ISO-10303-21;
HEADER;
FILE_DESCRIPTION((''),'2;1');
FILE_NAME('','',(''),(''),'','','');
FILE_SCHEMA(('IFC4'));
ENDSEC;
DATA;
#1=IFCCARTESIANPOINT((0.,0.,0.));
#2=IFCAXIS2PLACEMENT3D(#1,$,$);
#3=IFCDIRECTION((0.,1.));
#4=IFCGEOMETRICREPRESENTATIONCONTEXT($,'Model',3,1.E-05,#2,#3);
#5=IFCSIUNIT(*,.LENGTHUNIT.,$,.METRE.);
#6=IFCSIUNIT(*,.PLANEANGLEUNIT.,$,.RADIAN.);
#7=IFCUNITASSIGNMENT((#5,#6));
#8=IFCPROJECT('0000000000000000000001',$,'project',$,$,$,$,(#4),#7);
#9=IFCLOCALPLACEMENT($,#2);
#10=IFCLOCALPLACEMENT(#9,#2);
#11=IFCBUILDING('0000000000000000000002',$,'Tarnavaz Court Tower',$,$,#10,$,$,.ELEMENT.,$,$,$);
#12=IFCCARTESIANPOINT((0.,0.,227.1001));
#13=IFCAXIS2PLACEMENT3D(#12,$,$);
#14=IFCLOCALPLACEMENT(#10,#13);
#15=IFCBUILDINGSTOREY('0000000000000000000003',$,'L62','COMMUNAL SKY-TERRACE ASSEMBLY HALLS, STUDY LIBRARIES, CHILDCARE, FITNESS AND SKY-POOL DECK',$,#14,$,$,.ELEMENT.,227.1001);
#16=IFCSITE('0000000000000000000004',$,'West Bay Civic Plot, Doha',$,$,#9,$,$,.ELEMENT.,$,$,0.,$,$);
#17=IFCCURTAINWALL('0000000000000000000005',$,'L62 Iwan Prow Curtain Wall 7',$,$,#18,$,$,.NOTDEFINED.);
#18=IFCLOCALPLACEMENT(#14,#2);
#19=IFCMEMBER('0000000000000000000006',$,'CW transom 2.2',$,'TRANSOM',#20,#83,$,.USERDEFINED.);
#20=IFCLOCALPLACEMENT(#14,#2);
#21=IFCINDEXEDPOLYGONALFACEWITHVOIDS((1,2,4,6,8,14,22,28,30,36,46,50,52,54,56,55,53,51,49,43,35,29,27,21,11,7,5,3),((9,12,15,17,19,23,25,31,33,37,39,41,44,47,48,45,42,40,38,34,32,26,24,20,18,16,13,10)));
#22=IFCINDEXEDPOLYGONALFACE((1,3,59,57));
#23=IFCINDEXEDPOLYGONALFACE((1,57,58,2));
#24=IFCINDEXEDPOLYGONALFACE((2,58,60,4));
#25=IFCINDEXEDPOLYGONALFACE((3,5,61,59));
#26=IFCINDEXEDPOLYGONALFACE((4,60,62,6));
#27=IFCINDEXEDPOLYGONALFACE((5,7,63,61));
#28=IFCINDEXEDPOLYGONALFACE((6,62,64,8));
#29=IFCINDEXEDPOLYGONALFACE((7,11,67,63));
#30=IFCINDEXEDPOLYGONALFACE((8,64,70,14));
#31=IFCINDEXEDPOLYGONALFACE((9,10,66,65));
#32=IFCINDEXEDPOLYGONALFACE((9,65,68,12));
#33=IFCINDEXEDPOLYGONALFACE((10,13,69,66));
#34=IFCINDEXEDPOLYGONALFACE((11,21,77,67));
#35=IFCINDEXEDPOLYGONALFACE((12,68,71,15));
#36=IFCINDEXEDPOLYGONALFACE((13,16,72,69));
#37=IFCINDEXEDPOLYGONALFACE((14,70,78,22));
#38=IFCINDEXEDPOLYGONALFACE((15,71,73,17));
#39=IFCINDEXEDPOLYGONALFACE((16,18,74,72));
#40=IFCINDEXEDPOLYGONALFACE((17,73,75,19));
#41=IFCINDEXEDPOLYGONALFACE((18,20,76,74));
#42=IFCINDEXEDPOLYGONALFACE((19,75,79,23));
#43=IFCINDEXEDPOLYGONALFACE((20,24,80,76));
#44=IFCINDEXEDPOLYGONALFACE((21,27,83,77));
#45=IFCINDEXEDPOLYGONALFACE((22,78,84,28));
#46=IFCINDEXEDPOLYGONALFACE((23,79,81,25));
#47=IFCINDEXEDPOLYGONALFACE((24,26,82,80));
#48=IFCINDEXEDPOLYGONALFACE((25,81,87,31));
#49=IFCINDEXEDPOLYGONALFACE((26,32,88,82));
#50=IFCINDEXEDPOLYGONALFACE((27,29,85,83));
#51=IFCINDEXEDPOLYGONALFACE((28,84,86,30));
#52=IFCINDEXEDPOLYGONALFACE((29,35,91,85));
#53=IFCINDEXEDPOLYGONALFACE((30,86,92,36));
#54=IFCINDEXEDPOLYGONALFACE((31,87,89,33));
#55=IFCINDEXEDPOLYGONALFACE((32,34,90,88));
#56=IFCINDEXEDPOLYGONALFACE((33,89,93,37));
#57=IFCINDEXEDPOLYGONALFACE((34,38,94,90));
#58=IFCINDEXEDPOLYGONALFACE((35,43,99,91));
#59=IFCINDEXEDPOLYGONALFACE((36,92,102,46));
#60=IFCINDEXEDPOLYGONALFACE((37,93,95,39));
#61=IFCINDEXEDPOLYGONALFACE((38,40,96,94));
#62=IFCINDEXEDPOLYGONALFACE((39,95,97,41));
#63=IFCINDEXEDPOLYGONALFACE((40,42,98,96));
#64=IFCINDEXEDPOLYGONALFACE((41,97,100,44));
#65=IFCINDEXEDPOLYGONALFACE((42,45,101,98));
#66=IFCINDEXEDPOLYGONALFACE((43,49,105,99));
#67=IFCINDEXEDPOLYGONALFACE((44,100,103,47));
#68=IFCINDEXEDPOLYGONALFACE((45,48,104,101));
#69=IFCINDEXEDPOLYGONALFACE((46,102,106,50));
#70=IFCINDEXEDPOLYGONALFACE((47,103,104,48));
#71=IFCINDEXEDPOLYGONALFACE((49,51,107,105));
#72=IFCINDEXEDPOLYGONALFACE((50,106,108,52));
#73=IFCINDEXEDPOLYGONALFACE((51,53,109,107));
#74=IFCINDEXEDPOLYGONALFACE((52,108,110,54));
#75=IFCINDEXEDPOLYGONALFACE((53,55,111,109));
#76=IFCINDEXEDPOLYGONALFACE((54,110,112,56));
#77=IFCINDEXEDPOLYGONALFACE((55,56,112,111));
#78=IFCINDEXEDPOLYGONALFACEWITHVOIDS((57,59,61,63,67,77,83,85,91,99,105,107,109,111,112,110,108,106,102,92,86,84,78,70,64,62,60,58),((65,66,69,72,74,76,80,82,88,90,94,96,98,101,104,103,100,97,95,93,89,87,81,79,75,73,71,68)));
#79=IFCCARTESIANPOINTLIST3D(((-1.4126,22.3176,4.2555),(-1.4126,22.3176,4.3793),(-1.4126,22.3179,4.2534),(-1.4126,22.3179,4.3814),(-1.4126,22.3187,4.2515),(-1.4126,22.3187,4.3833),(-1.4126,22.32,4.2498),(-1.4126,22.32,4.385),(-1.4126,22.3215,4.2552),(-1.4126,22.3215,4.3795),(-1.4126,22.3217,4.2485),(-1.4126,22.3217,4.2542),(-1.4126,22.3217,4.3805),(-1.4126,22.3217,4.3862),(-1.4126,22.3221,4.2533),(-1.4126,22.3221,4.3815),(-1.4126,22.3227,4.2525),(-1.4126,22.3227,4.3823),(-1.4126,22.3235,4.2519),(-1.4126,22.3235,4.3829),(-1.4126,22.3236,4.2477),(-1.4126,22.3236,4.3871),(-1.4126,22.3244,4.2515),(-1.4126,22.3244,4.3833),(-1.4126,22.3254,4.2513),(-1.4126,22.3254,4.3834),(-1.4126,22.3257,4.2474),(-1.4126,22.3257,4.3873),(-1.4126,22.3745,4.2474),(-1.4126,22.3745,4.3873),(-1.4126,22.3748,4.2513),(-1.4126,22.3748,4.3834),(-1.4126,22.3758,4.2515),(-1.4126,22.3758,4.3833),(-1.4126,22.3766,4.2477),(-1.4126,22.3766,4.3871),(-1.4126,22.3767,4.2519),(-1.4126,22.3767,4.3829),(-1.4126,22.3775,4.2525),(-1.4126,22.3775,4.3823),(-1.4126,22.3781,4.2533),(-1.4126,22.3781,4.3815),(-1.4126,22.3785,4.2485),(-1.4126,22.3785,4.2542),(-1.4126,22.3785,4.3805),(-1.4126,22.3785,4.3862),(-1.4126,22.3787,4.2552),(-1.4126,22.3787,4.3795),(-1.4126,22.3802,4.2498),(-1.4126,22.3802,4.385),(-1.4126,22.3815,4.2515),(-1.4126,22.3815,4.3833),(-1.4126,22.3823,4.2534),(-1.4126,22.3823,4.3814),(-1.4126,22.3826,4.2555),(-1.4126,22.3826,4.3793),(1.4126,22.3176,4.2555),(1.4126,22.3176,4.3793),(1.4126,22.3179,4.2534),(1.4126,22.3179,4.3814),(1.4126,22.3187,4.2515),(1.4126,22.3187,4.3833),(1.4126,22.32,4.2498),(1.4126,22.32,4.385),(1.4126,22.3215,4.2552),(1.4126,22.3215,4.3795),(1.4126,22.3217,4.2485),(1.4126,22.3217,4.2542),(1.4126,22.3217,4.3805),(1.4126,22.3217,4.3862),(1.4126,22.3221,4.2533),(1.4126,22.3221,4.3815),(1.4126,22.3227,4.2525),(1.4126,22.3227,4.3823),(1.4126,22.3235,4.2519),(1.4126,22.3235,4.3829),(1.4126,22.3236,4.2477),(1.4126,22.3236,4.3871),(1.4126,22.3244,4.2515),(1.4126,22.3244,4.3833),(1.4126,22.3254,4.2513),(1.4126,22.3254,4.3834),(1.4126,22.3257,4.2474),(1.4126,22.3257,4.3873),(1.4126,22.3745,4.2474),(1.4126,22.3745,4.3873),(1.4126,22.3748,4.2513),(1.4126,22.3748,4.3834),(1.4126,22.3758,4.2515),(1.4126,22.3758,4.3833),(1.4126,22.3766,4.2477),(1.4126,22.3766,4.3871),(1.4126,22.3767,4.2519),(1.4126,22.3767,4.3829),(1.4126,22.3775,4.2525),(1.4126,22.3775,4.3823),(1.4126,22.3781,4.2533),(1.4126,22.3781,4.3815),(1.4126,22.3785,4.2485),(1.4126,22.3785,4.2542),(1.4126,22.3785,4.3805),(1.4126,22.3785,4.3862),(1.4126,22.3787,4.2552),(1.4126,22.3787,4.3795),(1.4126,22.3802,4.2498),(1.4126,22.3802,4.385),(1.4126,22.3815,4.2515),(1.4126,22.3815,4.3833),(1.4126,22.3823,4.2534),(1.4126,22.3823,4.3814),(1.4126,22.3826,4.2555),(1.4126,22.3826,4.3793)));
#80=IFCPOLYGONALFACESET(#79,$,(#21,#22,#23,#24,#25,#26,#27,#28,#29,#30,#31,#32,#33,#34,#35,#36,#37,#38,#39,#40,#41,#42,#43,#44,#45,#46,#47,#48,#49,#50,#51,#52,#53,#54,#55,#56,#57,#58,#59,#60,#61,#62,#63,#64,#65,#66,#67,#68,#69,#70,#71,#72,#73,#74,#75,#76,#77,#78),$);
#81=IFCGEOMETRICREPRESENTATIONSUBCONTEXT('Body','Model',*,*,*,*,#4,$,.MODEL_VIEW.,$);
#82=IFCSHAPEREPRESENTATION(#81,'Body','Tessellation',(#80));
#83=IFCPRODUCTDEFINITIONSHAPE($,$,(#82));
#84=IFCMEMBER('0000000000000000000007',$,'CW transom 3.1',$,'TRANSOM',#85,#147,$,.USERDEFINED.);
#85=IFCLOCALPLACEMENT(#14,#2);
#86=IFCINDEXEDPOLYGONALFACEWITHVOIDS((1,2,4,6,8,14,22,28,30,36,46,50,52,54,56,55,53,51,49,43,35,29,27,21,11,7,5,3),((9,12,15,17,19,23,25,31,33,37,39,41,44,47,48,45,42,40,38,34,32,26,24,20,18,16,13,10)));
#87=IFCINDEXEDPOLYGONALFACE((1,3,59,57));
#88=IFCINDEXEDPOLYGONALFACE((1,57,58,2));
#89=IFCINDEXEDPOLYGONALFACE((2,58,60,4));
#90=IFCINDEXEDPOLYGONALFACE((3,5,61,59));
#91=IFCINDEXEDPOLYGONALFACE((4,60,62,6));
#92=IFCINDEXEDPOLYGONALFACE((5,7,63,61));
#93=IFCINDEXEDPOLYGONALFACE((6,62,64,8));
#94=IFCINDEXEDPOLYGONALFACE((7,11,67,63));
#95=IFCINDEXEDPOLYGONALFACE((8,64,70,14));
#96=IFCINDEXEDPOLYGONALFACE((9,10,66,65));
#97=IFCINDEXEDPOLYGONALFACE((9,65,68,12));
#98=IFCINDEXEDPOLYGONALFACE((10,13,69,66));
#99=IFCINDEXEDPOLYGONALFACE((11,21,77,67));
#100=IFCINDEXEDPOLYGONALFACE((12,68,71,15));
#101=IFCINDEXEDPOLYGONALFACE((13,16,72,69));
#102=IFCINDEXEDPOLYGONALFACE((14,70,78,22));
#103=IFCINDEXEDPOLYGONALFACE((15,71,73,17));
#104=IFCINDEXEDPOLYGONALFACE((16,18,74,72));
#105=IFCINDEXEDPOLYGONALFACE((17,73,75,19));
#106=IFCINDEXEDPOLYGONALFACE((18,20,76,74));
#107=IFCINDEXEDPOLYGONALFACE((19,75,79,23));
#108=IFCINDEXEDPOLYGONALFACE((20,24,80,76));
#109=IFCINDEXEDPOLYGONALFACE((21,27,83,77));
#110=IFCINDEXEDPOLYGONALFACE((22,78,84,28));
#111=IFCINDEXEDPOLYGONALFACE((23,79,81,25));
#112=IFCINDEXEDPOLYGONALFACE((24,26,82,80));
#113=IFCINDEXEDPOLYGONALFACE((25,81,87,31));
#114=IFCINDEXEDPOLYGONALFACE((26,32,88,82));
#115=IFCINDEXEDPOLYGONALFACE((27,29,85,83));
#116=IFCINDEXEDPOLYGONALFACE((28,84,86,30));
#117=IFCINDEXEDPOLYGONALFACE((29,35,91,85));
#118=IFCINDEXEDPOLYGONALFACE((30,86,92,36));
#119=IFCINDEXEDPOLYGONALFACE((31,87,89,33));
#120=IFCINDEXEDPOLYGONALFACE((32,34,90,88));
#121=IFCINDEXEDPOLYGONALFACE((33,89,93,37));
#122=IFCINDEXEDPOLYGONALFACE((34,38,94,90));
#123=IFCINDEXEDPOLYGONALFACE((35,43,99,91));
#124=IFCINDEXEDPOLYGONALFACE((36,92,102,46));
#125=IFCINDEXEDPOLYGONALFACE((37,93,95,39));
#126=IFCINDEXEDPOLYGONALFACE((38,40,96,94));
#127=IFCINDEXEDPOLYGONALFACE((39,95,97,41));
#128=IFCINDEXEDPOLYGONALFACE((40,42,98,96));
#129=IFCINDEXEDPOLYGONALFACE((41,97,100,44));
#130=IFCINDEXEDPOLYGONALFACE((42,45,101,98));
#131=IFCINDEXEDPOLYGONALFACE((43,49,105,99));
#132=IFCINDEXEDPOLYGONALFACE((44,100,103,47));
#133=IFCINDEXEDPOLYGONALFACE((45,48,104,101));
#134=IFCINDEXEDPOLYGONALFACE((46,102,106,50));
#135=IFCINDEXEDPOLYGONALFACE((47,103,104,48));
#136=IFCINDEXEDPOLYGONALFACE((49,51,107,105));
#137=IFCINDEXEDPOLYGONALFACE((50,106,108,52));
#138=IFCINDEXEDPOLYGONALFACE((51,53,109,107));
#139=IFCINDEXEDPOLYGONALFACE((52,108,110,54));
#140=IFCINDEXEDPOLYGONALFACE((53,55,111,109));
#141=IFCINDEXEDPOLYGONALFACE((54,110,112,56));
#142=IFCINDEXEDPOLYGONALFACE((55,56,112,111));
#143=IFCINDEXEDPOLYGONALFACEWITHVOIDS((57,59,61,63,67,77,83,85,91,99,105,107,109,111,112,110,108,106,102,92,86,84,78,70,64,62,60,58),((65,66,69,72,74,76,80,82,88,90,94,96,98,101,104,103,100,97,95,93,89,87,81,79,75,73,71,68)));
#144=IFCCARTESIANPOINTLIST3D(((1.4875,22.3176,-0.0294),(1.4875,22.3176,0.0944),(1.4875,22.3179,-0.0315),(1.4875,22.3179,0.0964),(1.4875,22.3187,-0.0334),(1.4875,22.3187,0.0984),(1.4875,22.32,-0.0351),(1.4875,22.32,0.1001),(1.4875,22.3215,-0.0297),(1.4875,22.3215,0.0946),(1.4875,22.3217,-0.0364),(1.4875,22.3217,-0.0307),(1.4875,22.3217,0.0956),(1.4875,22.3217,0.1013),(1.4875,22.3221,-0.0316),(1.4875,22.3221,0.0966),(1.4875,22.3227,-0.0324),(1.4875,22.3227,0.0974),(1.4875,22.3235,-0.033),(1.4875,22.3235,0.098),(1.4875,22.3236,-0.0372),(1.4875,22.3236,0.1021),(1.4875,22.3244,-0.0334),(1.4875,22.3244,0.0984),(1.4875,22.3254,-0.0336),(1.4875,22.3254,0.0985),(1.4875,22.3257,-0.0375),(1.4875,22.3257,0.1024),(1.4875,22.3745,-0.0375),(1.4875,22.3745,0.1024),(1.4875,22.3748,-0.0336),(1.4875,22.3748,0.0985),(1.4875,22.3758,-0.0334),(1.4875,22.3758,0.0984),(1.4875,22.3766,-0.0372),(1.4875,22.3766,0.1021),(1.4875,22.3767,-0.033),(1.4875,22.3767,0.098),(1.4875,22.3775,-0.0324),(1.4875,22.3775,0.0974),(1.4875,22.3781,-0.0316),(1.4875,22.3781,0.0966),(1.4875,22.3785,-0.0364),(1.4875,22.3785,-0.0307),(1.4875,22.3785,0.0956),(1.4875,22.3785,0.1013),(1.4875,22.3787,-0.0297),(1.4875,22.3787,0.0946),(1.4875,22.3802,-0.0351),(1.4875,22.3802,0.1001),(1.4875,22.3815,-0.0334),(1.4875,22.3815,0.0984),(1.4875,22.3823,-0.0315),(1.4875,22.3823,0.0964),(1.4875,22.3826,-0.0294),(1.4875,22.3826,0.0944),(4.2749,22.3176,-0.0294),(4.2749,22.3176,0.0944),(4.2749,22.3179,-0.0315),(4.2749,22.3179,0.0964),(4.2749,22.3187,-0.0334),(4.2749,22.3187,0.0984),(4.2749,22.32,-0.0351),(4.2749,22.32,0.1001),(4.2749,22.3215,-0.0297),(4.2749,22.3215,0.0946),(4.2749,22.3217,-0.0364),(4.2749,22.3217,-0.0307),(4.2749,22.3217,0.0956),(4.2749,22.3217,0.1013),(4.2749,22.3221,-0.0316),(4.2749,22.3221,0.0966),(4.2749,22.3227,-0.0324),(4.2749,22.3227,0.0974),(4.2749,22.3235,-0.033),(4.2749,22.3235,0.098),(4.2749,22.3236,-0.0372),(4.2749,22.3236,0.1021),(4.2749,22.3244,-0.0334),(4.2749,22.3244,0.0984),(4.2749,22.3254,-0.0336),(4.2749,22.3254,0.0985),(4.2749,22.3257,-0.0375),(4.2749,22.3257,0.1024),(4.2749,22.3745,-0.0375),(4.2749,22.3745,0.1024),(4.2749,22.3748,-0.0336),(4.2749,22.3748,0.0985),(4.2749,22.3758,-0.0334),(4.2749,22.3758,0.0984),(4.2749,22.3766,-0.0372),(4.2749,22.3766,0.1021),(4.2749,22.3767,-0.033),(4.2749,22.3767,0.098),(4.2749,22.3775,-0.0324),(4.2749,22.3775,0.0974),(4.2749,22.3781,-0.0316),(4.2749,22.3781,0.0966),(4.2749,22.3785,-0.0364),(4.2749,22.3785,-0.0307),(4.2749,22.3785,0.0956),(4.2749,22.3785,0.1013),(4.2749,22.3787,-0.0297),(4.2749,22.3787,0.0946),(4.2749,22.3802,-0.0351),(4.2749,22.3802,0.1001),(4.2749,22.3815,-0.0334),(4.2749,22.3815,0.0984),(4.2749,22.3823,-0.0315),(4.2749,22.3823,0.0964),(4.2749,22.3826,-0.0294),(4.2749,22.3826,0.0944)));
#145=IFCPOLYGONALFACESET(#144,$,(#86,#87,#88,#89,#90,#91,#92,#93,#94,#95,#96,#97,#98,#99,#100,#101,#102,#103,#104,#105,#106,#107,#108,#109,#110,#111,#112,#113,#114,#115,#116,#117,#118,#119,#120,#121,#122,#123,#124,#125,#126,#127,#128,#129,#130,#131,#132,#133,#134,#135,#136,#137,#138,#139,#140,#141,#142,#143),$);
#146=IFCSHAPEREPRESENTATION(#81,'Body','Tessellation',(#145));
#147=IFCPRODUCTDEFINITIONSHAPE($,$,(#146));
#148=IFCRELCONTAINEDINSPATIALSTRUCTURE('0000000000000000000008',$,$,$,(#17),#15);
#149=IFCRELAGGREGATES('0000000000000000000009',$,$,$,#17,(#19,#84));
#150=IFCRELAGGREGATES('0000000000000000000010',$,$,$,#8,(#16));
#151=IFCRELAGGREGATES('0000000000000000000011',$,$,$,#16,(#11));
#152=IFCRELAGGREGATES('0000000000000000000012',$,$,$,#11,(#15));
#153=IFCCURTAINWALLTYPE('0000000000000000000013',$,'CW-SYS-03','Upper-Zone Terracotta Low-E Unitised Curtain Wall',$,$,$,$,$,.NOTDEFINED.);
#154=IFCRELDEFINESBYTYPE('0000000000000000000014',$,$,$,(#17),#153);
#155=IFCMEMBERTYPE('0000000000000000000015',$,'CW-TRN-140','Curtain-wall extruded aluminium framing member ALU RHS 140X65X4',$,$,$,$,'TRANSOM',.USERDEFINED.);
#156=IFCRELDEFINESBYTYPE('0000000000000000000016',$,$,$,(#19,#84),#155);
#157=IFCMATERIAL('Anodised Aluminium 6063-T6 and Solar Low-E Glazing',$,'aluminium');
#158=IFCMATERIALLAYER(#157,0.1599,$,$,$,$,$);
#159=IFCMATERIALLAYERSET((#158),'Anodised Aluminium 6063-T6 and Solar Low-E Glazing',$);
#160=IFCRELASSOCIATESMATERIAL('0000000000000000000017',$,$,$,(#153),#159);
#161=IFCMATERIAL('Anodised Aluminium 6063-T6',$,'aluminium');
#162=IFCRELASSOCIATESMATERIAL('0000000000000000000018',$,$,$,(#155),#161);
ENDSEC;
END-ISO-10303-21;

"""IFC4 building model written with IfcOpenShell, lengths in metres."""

from ifc_helpers import new_model, si_unit, direction, frame, origin, origin_2d, place, context, subcontext, project, spatial, hollow_rectangle, extrude, material, layer, layer_set, material_profile, profile_set, type_object, element, aggregate, save


model = new_model("IFC4")

# Units and contexts
model_context = context("Model", 3, precision=1e-05, world=origin(), true_north=direction((0.0, 1.0)))
body_context = subcontext(model_context, "Body", "Model", "MODEL_VIEW")
ifc_project = project(units=[si_unit("LENGTHUNIT", "METRE"), si_unit("PLANEANGLEUNIT", "RADIAN")], contexts=[model_context])

# Site, building, storey
site_placement = place(None, origin())
site = spatial("IfcSite", under=ifc_project, at=site_placement, Name="West Bay Civic Plot, Doha", CompositionType="ELEMENT", RefElevation=0.0)
building_placement = place(site_placement, origin())
building = spatial("IfcBuilding", under=site, at=building_placement, Name="Tarnavaz Court Tower", CompositionType="ELEMENT")
storey_placement = place(building_placement, frame((0.0, 0.0, 227.1001)))
storey = spatial("IfcBuildingStorey", under=building, at=storey_placement, Name="L62", Description="COMMUNAL SKY-TERRACE ASSEMBLY HALLS, STUDY LIBRARIES, CHILDCARE, FITNESS AND SKY-POOL DECK", CompositionType="ELEMENT", Elevation=227.1001)

# Curtain wall, members
ifc_material_1 = material(Name="Anodised Aluminium 6063-T6 and Solar Low-E Glazing", Category="aluminium")
ifc_layer_1 = layer(ifc_material_1, 0.1599)
ifc_layer_set_1 = layer_set([ifc_layer_1], Name="Anodised Aluminium 6063-T6 and Solar Low-E Glazing")
curtain_wall_type = type_object("IfcCurtainWallType", Name="CW-SYS-03", Description="Upper-Zone Terracotta Low-E Unitised Curtain Wall", PredefinedType="NOTDEFINED", material=ifc_layer_set_1)
curtain_wall_placement = place(storey_placement, origin())
curtain_wall = element("IfcCurtainWall", 1, at=curtain_wall_placement, inside=storey, type_object=curtain_wall_type, Name="L62 Iwan Prow Curtain Wall 7", PredefinedType="NOTDEFINED")
ifc_material_2 = material(Name="Anodised Aluminium 6063-T6", Category="aluminium")
ifc_material_profile_1 = material_profile(ifc_material_2, hollow_rectangle(XDim=0.0649, YDim=0.1399, WallThickness=0.0039, InnerFilletRadius=0.0039, OuterFilletRadius=0.0081, at=origin_2d()), Name="ALU RHS 140X65X4")
ifc_profile_set_1 = profile_set([ifc_material_profile_1], Name="Anodised Aluminium 6063-T6")
member_type_1 = type_object("IfcMemberType", Name="CW-TRN-140", Description="Curtain-wall extruded aluminium framing member ALU RHS 140X65X4", ElementType="TRANSOM", PredefinedType="USERDEFINED", material=ifc_profile_set_1)
member_1_placement = place(storey_placement, frame((-1.4126, 22.3501, 4.3174), z_axis=(1.0, 0.0, 0.0), x_axis=(0.0, 1.0, 0.0)))
member_1 = element("IfcMember", 2, at=member_1_placement, type_object=member_type_1, Name="CW transom 2.2", ObjectType="TRANSOM", PredefinedType="USERDEFINED", context=body_context, shape_type="SweptSolid", body=[
    extrude(hollow_rectangle(XDim=0.0649, YDim=0.1399, WallThickness=0.0039, InnerFilletRadius=0.0039, OuterFilletRadius=0.0081, at=origin_2d()), origin(), (0.0, 0.0, 1.0), 2.8252),
])
member_2_placement = place(storey_placement, frame((1.4875, 22.3501, 0.0325), z_axis=(1.0, 0.0, 0.0), x_axis=(0.0, 1.0, 0.0)))
member_2 = element("IfcMember", 3, at=member_2_placement, type_object=member_type_1, Name="CW transom 3.1", ObjectType="TRANSOM", PredefinedType="USERDEFINED", context=body_context, shape_type="SweptSolid", body=[
    extrude(hollow_rectangle(XDim=0.0649, YDim=0.1399, WallThickness=0.0039, InnerFilletRadius=0.0039, OuterFilletRadius=0.0081, at=origin_2d()), origin(), (0.0, 0.0, 1.0), 2.7874),
])
aggregate(curtain_wall, [member_1, member_2])

save(model, "model.ifc")
